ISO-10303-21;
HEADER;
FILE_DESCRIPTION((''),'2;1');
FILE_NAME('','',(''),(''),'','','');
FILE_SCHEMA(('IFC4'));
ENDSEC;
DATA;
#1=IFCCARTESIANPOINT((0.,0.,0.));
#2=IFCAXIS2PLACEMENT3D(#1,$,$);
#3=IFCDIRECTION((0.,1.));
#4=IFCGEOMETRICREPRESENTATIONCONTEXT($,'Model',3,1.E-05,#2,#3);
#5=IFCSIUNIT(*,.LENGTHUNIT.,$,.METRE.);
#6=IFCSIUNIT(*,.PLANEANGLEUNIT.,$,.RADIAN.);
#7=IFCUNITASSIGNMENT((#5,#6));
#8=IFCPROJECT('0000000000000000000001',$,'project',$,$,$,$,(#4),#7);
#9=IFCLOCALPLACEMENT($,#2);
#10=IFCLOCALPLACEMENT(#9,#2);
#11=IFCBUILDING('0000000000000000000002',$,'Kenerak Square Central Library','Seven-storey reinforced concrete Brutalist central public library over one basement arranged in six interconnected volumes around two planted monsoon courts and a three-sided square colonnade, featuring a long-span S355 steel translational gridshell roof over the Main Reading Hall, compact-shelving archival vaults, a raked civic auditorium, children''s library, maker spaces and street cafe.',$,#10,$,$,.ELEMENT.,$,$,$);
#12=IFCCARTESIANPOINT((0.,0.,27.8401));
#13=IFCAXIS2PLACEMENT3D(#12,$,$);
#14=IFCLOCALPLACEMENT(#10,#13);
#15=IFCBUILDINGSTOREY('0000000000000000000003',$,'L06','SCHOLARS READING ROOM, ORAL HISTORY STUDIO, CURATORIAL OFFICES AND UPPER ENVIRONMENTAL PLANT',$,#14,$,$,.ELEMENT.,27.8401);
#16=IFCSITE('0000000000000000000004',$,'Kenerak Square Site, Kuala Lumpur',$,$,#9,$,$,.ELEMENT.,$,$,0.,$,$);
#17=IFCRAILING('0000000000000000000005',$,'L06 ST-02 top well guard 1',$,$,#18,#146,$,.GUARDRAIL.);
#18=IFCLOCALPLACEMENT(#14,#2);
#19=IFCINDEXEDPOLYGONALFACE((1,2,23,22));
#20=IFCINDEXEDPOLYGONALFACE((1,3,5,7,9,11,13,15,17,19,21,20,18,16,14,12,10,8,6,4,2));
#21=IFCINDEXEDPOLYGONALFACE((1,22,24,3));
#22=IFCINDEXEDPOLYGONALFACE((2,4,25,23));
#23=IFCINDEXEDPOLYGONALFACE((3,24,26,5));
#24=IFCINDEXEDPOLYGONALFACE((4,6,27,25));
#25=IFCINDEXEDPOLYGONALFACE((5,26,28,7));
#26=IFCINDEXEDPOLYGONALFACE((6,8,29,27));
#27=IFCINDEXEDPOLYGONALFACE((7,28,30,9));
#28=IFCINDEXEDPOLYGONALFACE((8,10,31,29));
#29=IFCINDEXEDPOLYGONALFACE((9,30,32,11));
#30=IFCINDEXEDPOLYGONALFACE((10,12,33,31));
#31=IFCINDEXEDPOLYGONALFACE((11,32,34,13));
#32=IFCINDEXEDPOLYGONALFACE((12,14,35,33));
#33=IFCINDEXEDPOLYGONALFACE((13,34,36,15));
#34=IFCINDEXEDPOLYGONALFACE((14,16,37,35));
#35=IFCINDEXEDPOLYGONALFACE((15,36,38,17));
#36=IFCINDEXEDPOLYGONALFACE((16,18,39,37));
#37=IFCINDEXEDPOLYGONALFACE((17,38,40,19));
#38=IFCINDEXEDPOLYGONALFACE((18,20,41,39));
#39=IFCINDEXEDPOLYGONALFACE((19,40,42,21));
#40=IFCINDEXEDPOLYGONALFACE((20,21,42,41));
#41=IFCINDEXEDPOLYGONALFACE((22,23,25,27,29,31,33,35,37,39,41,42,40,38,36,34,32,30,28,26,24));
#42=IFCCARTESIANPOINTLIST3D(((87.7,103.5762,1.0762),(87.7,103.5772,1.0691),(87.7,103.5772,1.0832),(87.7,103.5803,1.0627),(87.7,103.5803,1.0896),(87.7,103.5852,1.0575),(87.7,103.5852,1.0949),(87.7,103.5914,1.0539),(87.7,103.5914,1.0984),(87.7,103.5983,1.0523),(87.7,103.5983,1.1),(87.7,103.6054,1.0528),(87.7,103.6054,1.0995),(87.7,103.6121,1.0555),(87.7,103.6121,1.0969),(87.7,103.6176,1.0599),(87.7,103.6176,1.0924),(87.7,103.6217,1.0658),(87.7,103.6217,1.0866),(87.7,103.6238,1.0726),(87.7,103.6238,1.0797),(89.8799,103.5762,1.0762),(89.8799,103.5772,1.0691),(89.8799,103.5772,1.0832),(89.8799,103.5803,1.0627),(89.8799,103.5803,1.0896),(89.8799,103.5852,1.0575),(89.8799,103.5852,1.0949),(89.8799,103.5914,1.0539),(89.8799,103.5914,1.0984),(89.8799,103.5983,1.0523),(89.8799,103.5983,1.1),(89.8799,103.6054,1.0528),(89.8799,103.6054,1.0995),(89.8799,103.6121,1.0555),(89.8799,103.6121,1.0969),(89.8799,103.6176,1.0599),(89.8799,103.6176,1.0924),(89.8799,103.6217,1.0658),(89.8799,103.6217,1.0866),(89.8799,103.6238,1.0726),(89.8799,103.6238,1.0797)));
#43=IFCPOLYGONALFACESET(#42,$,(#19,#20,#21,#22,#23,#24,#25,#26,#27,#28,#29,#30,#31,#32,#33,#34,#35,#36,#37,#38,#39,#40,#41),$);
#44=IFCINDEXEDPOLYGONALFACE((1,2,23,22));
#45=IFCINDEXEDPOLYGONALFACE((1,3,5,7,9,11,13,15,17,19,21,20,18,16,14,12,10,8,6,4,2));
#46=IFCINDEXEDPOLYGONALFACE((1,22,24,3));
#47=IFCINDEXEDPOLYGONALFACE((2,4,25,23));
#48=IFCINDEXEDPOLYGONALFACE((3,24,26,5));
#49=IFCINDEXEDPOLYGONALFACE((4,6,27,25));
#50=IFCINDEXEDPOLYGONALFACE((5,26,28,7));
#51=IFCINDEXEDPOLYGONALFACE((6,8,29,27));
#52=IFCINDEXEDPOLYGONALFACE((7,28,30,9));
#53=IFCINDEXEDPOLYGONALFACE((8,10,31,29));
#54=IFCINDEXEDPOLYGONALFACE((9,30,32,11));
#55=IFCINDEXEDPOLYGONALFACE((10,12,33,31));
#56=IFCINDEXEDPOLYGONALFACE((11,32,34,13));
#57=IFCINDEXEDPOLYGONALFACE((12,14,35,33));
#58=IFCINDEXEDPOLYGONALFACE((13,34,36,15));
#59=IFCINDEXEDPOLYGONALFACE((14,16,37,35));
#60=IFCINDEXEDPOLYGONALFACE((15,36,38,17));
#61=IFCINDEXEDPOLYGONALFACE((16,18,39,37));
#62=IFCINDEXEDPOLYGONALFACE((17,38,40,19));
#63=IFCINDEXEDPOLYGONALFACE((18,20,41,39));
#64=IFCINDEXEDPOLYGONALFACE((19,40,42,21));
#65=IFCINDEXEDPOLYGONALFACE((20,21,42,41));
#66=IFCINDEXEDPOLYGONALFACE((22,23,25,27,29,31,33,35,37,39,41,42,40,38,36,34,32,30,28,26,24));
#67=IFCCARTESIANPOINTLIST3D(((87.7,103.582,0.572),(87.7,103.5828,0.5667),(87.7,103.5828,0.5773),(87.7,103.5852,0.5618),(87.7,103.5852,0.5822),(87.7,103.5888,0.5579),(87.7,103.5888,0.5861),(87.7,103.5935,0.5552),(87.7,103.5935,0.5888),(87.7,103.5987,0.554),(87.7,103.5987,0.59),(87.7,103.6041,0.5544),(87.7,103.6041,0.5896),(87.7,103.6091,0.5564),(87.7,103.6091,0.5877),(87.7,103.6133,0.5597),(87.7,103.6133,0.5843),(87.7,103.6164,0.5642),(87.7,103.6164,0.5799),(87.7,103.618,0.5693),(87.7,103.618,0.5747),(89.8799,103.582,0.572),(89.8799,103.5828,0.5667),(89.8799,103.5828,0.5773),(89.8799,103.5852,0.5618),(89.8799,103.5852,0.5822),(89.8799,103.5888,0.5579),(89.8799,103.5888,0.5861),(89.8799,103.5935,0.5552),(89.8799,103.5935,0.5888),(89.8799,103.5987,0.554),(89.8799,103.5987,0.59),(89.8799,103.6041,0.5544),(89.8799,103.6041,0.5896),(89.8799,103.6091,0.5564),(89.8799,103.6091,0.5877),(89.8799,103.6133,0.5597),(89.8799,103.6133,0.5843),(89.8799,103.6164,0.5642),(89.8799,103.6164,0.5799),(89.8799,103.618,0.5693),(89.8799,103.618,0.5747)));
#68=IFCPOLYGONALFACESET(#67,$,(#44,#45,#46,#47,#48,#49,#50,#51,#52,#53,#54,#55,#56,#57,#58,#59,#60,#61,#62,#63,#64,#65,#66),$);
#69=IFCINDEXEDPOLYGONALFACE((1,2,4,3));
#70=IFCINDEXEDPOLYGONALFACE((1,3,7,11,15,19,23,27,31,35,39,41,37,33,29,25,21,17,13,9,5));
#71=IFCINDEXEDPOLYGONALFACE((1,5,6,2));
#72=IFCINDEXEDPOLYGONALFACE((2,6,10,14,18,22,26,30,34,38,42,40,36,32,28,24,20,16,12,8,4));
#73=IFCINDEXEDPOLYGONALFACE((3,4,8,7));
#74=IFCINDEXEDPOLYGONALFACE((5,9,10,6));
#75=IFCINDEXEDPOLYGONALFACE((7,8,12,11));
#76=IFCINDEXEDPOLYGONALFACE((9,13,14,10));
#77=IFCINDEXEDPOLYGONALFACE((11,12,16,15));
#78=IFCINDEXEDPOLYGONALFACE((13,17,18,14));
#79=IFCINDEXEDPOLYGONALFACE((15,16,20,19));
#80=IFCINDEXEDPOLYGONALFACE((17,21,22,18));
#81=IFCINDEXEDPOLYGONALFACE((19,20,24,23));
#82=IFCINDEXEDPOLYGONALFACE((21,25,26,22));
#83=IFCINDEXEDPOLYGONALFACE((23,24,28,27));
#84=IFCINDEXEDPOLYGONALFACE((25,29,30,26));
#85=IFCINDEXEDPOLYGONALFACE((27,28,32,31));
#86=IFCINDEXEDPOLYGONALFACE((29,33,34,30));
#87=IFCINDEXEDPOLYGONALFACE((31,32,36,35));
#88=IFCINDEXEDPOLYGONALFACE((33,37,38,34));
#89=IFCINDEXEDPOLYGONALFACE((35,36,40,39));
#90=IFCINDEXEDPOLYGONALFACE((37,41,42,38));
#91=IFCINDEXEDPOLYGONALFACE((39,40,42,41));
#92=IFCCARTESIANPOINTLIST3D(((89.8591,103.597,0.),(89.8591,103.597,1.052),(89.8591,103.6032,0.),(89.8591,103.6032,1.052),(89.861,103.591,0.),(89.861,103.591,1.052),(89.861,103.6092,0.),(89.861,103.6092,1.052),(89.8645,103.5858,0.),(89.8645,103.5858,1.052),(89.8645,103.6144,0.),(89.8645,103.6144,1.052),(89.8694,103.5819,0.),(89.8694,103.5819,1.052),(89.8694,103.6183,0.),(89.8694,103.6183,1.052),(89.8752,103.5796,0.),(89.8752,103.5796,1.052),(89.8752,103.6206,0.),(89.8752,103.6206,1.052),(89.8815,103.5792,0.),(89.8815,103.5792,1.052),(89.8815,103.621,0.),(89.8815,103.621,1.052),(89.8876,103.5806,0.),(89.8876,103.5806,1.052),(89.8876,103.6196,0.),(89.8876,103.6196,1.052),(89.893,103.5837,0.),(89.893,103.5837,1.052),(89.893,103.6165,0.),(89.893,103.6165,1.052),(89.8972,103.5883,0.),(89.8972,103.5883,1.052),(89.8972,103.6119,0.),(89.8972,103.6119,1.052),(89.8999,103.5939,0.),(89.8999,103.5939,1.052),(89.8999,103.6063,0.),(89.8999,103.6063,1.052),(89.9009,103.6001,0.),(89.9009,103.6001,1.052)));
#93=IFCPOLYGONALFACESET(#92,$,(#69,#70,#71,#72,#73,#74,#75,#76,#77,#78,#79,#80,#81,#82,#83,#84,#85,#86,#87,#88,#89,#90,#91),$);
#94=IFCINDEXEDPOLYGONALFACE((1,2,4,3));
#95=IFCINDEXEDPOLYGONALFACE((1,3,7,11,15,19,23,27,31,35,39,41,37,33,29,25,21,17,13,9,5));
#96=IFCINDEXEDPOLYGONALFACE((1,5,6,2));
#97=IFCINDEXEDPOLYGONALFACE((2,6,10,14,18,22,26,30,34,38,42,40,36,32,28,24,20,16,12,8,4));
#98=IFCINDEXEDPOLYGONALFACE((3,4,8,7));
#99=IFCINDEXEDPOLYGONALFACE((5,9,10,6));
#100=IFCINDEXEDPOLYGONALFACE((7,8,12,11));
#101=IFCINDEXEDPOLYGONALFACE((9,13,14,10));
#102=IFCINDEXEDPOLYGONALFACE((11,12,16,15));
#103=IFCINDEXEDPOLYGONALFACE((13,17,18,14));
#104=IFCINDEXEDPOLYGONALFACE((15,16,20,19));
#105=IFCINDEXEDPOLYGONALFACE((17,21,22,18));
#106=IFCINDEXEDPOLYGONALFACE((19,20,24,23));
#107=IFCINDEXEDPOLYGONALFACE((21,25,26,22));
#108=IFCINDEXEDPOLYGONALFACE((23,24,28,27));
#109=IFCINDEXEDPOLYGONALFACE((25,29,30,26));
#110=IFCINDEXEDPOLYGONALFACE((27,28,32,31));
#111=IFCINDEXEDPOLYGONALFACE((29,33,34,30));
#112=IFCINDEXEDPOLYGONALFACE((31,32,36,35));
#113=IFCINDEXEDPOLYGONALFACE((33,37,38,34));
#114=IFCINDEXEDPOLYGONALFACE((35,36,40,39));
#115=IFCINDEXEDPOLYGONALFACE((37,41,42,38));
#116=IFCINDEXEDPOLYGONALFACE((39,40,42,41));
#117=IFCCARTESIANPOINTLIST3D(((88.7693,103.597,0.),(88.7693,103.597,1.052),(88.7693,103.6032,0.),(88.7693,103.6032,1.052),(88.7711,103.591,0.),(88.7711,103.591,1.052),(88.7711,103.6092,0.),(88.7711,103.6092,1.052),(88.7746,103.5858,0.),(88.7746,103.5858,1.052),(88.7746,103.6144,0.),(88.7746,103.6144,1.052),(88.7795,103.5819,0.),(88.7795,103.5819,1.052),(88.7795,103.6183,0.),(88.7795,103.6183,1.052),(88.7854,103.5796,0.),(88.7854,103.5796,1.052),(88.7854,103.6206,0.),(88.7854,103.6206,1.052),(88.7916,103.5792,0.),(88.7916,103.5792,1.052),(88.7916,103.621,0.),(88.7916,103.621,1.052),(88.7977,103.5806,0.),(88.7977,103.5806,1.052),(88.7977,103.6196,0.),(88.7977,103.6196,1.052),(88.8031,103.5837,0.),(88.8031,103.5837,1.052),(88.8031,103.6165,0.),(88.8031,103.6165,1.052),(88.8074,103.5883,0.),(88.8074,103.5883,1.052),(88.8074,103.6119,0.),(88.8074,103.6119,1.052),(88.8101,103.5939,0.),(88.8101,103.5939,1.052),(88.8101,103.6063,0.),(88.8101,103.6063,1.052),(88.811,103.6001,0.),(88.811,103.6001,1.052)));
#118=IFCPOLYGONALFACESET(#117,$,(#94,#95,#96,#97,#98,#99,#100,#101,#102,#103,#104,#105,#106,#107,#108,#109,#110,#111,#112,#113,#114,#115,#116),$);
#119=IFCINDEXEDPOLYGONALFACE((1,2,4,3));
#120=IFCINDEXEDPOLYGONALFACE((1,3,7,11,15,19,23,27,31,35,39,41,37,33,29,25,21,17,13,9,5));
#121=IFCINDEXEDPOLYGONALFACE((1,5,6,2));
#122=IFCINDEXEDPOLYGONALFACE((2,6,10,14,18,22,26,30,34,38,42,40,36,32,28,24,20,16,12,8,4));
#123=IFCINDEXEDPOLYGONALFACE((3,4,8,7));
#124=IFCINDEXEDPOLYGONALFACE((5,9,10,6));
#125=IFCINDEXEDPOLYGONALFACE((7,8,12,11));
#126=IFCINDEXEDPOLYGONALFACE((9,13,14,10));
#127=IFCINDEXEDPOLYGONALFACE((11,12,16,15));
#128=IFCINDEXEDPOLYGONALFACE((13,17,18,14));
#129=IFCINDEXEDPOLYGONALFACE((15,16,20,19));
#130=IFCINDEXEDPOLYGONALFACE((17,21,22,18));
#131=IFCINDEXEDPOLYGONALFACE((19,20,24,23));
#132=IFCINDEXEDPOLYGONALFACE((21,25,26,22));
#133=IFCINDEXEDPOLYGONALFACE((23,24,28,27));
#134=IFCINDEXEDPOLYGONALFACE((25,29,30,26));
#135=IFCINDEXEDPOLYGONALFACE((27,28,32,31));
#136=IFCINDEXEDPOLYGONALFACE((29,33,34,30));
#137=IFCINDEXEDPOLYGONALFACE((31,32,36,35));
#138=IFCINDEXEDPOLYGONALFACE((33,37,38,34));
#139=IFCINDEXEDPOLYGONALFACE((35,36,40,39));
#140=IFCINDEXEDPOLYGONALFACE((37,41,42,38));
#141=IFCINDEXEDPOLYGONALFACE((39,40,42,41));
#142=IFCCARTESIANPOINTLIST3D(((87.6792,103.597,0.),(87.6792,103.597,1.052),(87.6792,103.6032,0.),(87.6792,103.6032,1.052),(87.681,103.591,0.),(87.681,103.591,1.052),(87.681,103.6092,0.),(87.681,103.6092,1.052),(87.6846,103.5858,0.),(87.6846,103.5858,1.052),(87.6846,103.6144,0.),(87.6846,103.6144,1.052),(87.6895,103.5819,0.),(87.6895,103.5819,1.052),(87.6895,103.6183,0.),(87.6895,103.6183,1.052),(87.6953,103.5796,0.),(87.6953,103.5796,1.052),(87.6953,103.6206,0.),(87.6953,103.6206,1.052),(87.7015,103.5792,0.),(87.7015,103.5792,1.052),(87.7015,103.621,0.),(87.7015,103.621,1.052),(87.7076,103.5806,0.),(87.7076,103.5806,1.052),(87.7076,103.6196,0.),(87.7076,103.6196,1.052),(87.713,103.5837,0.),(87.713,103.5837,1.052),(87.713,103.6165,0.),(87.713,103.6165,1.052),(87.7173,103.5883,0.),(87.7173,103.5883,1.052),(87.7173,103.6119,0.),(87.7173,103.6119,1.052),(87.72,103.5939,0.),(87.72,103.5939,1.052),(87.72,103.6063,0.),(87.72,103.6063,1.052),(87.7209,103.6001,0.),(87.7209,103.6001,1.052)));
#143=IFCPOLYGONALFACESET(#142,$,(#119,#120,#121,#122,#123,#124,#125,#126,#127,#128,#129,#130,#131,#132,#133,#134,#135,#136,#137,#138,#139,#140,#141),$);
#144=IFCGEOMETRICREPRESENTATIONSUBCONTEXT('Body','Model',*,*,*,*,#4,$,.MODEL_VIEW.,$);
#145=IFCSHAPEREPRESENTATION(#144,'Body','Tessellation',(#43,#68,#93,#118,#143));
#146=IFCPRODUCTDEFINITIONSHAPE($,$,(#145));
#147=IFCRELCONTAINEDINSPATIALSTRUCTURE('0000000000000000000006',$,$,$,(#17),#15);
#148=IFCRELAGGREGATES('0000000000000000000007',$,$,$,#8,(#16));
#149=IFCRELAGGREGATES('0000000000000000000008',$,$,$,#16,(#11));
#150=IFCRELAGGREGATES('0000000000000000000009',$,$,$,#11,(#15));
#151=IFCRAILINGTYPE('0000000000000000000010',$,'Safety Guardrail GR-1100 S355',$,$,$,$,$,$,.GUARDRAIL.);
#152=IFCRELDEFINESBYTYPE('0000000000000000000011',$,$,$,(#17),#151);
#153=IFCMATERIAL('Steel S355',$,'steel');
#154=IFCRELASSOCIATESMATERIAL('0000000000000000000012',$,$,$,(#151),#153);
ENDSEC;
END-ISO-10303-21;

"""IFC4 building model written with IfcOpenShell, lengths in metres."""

from ifc_helpers import new_model, si_unit, direction, frame, origin, origin_2d, place, context, subcontext, project, spatial, circle, extrude, material, type_object, element, save


model = new_model("IFC4")

# Units and contexts
model_context = context("Model", 3, precision=1e-05, world=origin(), true_north=direction((0.0, 1.0)))
body_context = subcontext(model_context, "Body", "Model", "MODEL_VIEW")
ifc_project = project(units=[si_unit("LENGTHUNIT", "METRE"), si_unit("PLANEANGLEUNIT", "RADIAN")], contexts=[model_context])

# Site, building, storey
site_placement = place(None, origin())
site = spatial("IfcSite", under=ifc_project, at=site_placement, Name="Kenerak Square Site, Kuala Lumpur", CompositionType="ELEMENT", RefElevation=0.0)
building_placement = place(site_placement, origin())
building = spatial("IfcBuilding", under=site, at=building_placement, Name="Kenerak Square Central Library", Description="Seven-storey reinforced concrete Brutalist central public library over one basement arranged in six interconnected volumes around two planted monsoon courts and a three-sided square colonnade, featuring a long-span S355 steel translational gridshell roof over the Main Reading Hall, compact-shelving archival vaults, a raked civic auditorium, children's library, maker spaces and street cafe.", CompositionType="ELEMENT")
storey_placement = place(building_placement, frame((0.0, 0.0, 27.8401)))
storey = spatial("IfcBuildingStorey", under=building, at=storey_placement, Name="L06", Description="SCHOLARS READING ROOM, ORAL HISTORY STUDIO, CURATORIAL OFFICES AND UPPER ENVIRONMENTAL PLANT", CompositionType="ELEMENT", Elevation=27.8401)

# Shared definitions
ifc_material_1 = material(Name="Steel S355", Category="steel")

# Railing
railing_type = type_object("IfcRailingType", Name="Safety Guardrail GR-1100 S355", PredefinedType="GUARDRAIL", material=ifc_material_1)
railing_1_placement = place(storey_placement, frame((89.8799, 103.6001, 0.0)))
element("IfcRailing", 1, at=railing_1_placement, inside=storey, type_object=railing_type, Name="L06 ST-02 top well guard 1", PredefinedType="GUARDRAIL", context=body_context, shape_type="SweptSolid", body=[
    extrude(circle(Radius=0.0239, at=origin_2d()), frame((0.0, 0.0, 1.0762), z_axis=(-1.0, 0.0, 0.0), x_axis=(0.0, -1.0, 0.0)), (0.0, 0.0, 1.0), 2.1799),
    extrude(circle(Radius=0.0181, at=origin_2d()), frame((0.0, 0.0, 0.572), z_axis=(-1.0, 0.0, 0.0), x_axis=(0.0, -1.0, 0.0)), (0.0, 0.0, 1.0), 2.1799),
    extrude(circle(Radius=0.021, at=origin_2d()), origin(), (0.0, 0.0, 1.0), 1.052),
    extrude(circle(Radius=0.021, at=origin_2d()), frame((-1.0898, 0.0, 0.0)), (0.0, 0.0, 1.0), 1.052),
    extrude(circle(Radius=0.021, at=origin_2d()), frame((-2.1799, 0.0, 0.0)), (0.0, 0.0, 1.0), 1.052),
])

save(model, "model.ifc")
